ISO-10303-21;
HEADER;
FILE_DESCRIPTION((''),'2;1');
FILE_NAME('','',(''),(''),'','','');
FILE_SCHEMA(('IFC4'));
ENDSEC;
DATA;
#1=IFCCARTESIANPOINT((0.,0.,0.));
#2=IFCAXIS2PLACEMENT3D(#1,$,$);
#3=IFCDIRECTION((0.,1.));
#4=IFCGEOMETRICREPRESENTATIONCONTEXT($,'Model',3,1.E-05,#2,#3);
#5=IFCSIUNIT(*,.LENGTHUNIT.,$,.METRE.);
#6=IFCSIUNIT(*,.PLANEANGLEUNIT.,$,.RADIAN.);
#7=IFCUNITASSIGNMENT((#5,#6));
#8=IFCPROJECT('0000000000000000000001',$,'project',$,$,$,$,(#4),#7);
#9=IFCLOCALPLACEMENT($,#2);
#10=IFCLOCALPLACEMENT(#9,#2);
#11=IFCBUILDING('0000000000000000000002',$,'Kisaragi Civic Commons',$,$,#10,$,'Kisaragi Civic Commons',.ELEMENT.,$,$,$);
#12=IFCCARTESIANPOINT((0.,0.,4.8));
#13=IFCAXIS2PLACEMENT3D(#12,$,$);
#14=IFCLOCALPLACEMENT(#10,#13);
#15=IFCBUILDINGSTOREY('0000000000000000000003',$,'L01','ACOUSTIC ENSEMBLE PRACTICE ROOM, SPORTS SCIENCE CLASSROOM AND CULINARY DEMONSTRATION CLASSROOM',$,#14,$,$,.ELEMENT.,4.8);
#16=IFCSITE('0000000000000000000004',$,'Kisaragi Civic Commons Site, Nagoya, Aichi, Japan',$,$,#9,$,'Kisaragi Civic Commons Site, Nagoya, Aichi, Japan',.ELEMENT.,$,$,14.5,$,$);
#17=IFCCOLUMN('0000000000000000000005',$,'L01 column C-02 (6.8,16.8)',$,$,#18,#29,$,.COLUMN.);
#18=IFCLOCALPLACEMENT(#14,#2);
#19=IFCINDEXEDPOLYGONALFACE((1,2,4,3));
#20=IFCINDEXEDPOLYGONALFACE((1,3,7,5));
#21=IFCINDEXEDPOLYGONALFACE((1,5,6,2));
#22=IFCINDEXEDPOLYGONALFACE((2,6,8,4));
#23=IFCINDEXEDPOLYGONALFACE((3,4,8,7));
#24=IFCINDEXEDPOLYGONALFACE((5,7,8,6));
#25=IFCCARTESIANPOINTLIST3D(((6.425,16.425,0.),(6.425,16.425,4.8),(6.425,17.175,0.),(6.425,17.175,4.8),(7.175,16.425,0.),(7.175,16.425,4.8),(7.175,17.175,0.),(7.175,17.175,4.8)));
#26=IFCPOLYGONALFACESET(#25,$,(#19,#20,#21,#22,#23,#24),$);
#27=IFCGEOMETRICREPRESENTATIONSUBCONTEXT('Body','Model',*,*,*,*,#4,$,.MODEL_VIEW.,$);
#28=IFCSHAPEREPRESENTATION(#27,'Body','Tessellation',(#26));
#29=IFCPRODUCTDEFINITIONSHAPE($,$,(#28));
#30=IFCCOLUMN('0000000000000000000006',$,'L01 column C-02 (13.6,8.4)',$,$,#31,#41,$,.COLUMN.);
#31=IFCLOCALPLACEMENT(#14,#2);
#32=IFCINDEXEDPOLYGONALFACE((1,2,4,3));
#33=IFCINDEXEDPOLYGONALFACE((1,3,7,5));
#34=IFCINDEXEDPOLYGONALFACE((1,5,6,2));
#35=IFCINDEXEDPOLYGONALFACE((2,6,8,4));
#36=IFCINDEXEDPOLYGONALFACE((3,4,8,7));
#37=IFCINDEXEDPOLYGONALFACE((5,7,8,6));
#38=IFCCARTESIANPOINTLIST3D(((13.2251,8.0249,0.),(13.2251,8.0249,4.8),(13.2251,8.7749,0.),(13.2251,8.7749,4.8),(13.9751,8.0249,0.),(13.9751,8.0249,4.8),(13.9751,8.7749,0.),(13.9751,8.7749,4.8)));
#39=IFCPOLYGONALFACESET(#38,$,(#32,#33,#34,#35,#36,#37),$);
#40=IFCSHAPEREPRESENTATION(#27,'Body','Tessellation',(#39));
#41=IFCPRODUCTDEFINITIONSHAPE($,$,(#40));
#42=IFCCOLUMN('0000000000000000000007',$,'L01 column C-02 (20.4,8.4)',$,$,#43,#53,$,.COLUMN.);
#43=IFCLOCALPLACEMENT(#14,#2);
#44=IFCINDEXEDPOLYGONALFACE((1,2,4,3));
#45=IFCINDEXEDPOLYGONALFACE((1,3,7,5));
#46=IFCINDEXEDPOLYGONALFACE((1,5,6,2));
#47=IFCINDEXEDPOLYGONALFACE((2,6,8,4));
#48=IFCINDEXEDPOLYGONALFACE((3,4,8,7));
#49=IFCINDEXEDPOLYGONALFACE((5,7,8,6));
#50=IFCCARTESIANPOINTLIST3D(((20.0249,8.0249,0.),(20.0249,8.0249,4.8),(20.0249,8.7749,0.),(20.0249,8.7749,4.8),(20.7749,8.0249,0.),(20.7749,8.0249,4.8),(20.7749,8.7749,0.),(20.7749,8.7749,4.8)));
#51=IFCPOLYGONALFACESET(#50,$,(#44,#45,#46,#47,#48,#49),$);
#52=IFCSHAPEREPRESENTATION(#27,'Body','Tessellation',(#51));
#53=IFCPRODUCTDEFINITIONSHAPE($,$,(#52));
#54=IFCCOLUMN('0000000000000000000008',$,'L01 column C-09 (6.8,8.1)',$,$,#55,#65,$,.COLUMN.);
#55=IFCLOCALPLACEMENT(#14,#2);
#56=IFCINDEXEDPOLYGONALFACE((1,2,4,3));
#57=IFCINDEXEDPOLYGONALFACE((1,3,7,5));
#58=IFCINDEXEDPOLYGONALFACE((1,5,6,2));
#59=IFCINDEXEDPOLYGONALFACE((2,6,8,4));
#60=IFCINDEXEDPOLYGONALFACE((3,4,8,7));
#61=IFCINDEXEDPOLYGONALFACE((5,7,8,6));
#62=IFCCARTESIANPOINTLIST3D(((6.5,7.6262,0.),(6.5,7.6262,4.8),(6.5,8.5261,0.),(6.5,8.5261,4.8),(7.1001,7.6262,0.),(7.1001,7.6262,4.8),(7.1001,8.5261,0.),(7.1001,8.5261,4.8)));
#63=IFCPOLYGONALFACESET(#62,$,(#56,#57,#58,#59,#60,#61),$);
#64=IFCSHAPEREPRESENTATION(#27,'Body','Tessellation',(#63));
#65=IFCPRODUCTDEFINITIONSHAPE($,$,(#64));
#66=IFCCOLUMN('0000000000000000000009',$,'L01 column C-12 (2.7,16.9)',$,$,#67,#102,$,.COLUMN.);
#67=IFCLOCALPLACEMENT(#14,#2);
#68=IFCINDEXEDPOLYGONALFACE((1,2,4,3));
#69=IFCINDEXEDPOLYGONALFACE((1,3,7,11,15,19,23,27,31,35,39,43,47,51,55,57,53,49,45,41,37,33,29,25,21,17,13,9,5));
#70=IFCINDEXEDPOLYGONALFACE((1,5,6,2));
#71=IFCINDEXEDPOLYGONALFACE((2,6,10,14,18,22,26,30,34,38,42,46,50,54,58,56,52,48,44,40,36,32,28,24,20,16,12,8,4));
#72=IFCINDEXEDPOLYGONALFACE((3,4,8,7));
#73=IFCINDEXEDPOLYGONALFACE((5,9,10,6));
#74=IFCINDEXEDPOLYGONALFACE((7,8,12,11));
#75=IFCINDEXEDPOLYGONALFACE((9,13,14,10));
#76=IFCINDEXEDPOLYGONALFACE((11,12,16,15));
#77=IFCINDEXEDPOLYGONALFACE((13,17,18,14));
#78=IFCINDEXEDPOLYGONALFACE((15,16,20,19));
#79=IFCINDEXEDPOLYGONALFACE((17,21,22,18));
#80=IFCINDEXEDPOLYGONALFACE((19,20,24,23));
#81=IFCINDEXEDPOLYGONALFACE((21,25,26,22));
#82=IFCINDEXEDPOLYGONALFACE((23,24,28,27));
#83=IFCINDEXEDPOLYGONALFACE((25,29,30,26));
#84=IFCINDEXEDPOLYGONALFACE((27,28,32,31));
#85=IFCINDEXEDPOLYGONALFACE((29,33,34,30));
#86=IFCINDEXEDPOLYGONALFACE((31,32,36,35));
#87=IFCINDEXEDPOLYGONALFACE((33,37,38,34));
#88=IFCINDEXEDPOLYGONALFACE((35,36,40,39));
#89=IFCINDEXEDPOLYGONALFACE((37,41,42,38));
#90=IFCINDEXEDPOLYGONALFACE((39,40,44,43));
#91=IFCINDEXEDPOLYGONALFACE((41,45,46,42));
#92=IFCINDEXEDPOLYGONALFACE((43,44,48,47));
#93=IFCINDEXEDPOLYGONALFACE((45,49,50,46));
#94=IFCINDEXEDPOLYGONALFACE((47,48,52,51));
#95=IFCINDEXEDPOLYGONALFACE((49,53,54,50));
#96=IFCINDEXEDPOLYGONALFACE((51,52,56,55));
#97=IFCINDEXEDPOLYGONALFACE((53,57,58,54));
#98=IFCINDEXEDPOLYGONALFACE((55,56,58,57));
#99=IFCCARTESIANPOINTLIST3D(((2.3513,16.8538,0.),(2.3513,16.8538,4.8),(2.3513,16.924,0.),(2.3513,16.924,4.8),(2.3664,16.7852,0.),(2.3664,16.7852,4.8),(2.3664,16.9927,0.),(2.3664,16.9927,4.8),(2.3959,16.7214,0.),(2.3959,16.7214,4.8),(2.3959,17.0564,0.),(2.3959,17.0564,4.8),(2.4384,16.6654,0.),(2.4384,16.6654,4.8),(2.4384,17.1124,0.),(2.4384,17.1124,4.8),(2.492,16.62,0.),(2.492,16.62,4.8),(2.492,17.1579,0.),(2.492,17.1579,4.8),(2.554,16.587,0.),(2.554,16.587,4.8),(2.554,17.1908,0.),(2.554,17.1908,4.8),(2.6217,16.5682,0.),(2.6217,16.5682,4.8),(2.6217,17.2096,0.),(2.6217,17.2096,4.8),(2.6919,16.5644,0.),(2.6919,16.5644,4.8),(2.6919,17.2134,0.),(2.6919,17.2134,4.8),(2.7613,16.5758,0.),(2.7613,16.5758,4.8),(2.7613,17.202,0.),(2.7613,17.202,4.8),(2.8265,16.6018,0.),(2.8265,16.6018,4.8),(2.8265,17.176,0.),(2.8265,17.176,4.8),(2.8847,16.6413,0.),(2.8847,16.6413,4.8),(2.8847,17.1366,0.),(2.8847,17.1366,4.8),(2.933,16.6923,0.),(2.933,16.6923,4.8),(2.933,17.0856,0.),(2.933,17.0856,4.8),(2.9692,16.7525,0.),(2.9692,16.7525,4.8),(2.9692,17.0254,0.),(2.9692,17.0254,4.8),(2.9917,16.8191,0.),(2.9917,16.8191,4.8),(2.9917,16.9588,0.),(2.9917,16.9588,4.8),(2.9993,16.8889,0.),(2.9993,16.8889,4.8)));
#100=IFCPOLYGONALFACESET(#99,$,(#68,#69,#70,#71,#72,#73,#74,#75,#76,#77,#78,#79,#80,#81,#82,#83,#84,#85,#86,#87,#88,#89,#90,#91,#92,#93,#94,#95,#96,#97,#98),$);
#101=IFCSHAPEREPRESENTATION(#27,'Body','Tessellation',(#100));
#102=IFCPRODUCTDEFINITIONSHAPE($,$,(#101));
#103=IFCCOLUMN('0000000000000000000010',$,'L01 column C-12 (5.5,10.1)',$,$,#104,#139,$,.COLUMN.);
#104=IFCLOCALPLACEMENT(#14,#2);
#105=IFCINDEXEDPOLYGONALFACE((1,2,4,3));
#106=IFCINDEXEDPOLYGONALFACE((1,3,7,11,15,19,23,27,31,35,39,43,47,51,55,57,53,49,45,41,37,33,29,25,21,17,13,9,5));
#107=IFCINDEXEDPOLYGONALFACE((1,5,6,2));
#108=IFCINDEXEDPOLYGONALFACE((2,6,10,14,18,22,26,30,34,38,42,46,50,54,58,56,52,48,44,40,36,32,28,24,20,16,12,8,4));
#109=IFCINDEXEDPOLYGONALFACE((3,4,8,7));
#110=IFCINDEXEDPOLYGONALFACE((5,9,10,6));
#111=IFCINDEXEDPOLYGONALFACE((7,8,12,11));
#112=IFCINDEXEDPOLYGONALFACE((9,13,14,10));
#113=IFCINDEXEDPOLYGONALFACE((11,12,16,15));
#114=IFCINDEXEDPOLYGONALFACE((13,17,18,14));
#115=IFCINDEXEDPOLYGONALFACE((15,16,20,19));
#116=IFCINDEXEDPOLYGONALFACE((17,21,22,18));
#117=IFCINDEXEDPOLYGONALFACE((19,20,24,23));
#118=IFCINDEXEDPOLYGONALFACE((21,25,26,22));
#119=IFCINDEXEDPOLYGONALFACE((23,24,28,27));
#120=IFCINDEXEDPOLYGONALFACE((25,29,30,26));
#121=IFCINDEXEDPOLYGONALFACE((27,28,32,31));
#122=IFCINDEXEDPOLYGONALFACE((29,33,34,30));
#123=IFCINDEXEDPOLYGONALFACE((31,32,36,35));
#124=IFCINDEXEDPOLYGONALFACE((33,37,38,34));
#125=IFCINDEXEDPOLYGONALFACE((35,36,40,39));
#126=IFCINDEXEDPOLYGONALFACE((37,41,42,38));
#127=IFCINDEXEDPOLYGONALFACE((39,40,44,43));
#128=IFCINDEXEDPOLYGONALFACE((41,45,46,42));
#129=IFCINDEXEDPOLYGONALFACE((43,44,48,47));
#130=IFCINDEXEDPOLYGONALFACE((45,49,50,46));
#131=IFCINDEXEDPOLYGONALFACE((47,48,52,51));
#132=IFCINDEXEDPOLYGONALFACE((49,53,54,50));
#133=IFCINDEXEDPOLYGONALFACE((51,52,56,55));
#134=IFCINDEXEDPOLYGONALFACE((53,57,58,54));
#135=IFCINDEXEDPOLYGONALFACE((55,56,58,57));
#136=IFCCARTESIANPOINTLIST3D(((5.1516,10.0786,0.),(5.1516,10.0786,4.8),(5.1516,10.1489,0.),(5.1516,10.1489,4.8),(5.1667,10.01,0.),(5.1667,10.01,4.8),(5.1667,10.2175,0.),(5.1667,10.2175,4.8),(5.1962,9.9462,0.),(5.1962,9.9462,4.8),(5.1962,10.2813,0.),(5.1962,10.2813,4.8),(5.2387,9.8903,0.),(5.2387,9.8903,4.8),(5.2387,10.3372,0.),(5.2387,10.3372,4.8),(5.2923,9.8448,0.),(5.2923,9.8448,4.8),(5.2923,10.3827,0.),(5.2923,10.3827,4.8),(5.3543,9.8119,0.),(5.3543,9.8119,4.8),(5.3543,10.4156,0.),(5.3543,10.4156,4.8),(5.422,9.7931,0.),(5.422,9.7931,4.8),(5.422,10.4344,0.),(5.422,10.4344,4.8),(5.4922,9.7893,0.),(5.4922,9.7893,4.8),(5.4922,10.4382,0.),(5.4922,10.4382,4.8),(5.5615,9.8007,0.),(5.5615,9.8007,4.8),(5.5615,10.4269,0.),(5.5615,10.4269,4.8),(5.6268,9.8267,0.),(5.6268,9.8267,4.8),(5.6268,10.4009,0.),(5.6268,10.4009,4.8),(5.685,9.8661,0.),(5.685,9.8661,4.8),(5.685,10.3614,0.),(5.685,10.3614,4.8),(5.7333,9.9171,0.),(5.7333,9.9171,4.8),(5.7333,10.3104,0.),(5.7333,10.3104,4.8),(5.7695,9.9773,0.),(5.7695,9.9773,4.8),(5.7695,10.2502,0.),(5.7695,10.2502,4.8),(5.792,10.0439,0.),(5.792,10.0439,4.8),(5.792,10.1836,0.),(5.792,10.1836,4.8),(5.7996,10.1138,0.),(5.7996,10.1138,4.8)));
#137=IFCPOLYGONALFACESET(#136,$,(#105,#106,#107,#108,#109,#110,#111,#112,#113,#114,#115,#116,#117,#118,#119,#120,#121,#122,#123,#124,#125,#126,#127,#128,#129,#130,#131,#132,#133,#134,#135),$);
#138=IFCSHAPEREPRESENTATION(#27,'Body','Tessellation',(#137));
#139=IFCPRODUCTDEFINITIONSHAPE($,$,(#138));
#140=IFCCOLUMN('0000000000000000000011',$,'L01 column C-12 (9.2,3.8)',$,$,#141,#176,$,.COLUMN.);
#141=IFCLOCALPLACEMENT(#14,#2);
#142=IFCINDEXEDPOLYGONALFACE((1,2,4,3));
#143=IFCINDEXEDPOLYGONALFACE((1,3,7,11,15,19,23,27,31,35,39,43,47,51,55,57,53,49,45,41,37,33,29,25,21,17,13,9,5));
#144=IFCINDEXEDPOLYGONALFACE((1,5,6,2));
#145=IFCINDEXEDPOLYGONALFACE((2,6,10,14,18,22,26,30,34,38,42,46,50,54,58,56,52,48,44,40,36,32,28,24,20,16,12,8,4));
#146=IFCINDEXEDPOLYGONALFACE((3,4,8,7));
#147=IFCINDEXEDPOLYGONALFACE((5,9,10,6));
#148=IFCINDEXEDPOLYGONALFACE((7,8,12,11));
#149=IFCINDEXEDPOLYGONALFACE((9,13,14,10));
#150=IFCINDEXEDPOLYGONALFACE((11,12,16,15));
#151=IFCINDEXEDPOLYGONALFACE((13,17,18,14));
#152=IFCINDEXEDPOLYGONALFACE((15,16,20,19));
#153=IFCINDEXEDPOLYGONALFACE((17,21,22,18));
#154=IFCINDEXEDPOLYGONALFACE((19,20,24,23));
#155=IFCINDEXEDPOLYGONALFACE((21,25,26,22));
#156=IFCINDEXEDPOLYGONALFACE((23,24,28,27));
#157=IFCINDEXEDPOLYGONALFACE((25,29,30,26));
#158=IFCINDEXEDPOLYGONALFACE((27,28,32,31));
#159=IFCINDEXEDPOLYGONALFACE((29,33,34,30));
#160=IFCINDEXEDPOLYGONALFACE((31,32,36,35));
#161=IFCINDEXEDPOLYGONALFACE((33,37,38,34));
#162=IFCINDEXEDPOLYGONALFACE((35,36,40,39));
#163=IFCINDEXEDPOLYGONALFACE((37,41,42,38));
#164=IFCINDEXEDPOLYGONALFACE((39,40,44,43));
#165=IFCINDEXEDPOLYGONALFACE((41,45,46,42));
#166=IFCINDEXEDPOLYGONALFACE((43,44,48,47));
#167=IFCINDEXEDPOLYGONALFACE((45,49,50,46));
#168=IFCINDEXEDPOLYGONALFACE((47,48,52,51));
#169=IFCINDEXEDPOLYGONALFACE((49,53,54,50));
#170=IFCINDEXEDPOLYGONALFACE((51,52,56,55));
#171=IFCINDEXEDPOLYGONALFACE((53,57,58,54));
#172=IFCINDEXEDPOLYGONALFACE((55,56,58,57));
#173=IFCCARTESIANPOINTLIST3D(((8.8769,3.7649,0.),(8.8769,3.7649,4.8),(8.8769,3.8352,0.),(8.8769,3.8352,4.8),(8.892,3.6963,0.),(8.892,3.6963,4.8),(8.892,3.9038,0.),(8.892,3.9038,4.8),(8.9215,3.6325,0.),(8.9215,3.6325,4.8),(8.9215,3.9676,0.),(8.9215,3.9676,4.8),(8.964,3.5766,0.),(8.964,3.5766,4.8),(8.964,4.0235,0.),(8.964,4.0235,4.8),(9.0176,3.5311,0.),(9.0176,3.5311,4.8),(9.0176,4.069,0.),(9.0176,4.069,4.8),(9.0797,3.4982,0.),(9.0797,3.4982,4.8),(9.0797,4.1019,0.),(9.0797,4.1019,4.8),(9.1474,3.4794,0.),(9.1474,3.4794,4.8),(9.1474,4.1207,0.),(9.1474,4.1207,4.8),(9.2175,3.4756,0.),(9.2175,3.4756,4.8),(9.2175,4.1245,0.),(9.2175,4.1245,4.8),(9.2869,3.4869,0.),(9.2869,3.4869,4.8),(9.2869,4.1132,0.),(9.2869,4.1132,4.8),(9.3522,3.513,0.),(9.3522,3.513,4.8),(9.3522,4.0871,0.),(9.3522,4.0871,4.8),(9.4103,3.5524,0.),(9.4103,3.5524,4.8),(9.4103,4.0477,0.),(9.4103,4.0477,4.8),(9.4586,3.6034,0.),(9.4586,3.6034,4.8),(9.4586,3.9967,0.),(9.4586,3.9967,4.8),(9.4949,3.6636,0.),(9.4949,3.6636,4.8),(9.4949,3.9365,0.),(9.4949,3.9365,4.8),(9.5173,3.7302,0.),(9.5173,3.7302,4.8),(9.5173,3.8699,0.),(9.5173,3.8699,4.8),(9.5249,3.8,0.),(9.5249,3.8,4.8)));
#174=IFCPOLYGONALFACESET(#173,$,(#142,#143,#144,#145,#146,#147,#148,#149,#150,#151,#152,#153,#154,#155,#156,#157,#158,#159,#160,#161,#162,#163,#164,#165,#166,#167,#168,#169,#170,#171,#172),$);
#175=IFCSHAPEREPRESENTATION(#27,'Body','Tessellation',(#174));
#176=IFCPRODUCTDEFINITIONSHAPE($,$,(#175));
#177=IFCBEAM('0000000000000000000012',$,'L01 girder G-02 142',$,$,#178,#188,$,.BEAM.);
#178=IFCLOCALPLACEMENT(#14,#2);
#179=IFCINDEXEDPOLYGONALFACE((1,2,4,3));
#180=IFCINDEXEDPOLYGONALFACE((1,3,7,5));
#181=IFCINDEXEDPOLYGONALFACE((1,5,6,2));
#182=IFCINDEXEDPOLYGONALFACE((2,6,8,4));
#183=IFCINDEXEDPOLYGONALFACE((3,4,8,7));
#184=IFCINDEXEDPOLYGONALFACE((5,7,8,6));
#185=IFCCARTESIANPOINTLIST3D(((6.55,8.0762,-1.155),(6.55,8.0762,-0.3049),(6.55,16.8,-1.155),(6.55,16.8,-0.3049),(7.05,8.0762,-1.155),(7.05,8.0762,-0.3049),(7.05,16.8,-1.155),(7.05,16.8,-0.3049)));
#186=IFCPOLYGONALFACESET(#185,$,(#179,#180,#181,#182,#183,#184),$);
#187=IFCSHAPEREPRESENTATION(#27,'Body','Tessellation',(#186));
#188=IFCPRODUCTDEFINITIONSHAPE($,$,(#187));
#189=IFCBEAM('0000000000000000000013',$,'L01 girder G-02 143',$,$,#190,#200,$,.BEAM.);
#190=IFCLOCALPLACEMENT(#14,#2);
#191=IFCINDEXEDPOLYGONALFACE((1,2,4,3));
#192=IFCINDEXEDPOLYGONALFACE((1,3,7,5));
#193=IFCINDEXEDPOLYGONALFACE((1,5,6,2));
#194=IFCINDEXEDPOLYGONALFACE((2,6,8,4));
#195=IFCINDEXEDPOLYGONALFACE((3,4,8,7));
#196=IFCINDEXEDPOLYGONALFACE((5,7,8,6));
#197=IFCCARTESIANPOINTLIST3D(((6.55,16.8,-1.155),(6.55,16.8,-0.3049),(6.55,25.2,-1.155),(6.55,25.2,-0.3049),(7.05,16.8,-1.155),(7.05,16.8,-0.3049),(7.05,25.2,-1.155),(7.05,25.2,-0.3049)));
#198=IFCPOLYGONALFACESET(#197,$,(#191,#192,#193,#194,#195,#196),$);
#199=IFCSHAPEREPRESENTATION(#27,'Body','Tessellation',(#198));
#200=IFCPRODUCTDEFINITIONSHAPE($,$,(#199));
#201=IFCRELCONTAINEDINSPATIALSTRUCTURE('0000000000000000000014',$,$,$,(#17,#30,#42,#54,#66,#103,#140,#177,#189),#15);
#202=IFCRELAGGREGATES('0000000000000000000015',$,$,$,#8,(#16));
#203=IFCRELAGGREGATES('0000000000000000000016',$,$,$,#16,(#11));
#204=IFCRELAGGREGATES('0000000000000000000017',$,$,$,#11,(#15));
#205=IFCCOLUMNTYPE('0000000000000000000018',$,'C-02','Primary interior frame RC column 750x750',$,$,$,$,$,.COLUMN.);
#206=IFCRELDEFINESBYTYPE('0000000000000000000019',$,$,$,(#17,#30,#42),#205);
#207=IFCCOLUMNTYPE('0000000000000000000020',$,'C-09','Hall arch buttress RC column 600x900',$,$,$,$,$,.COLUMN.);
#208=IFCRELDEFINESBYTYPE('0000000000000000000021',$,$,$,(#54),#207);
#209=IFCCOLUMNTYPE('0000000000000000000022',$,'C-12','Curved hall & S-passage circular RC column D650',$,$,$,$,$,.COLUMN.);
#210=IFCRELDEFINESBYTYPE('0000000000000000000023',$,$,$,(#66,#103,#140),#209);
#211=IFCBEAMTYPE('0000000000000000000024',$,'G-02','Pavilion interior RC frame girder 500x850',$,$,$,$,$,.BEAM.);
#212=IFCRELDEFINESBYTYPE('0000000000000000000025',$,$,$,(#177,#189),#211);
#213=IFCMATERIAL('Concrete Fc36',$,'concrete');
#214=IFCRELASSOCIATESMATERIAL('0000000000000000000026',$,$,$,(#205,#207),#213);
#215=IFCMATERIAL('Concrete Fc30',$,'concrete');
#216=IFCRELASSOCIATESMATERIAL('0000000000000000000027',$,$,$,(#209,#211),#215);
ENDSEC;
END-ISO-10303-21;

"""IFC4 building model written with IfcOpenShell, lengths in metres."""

from ifc_helpers import new_model, si_unit, direction, frame, origin, origin_2d, place, context, subcontext, project, spatial, rectangle, circle, extrude, material, material_profile, profile_set, type_object, element, save


model = new_model("IFC4")

# Units and contexts
model_context = context("Model", 3, precision=1e-05, world=origin(), true_north=direction((0.0, 1.0)))
body_context = subcontext(model_context, "Body", "Model", "MODEL_VIEW")
ifc_project = project(units=[si_unit("LENGTHUNIT", "METRE"), si_unit("PLANEANGLEUNIT", "RADIAN")], contexts=[model_context])

# Site, building, storey
site_placement = place(None, origin())
site = spatial("IfcSite", under=ifc_project, at=site_placement, Name="Kisaragi Civic Commons Site, Nagoya, Aichi, Japan", LongName="Kisaragi Civic Commons Site, Nagoya, Aichi, Japan", CompositionType="ELEMENT", RefElevation=14.5)
building_placement = place(site_placement, origin())
building = spatial("IfcBuilding", under=site, at=building_placement, Name="Kisaragi Civic Commons", LongName="Kisaragi Civic Commons", CompositionType="ELEMENT")
storey_placement = place(building_placement, frame((0.0, 0.0, 4.8)))
storey = spatial("IfcBuildingStorey", under=building, at=storey_placement, Name="L01", Description="ACOUSTIC ENSEMBLE PRACTICE ROOM, SPORTS SCIENCE CLASSROOM AND CULINARY DEMONSTRATION CLASSROOM", CompositionType="ELEMENT", Elevation=4.8)

# Columns
ifc_material_1 = material(Name="Concrete Fc36", Category="concrete")
ifc_material_profile_1 = material_profile(ifc_material_1, rectangle(XDim=0.75, YDim=0.75, at=origin_2d()), Name="RC-750x750", Category="concrete")
ifc_profile_set_1 = profile_set([ifc_material_profile_1], Name="Concrete Fc36")
column_type_1 = type_object("IfcColumnType", Name="C-02", Description="Primary interior frame RC column 750x750", PredefinedType="COLUMN", material=ifc_profile_set_1)
for number, where, z_axis, x_axis, name in (
    (1, (6.8, 16.8, 0.0), (0.0, 0.0, 1.0), (1.0, 0.0, 0.0), "L01 column C-02 (6.8,16.8)"),
    (2, (13.6001, 8.3999, 0.0), (0.0, 0.0, 1.0), (1.0, 0.0, 0.0), "L01 column C-02 (13.6,8.4)"),
    (3, (20.3999, 8.3999, 0.0), (0.0, 0.0, 1.0), (1.0, 0.0, 0.0), "L01 column C-02 (20.4,8.4)"),
):
    element("IfcColumn", number, at=place(storey_placement, frame(where, z_axis=z_axis, x_axis=x_axis)), inside=storey, type_object=column_type_1, Name=name, PredefinedType="COLUMN", context=body_context, shape_type="SweptSolid", body=[
        extrude(rectangle(XDim=0.75, YDim=0.75, at=origin_2d()), origin(), (0.0, 0.0, 1.0), 4.8),
    ])
ifc_material_profile_2 = material_profile(ifc_material_1, rectangle(XDim=0.6001, YDim=0.8999, at=origin_2d()), Name="RC-600x900", Category="concrete")
ifc_profile_set_2 = profile_set([ifc_material_profile_2], Name="Concrete Fc36")
column_type_2 = type_object("IfcColumnType", Name="C-09", Description="Hall arch buttress RC column 600x900", PredefinedType="COLUMN", material=ifc_profile_set_2)
column_placement = place(storey_placement, frame((6.8, 8.0762, 0.0), z_axis=(0.0, 0.0, 1.0), x_axis=(1.0, 0.0, 0.0)))
element("IfcColumn", 4, at=column_placement, inside=storey, type_object=column_type_2, Name="L01 column C-09 (6.8,8.1)", PredefinedType="COLUMN", context=body_context, shape_type="SweptSolid", body=[
    extrude(rectangle(XDim=0.6001, YDim=0.8999, at=origin_2d()), origin(), (0.0, 0.0, 1.0), 4.8),
])
ifc_material_2 = material(Name="Concrete Fc30", Category="concrete")
ifc_material_profile_3 = material_profile(ifc_material_2, circle(Radius=0.325, at=origin_2d()), Name="RC-D650", Category="concrete")
ifc_profile_set_3 = profile_set([ifc_material_profile_3], Name="Concrete Fc30")
column_type_3 = type_object("IfcColumnType", Name="C-12", Description="Curved hall & S-passage circular RC column D650", PredefinedType="COLUMN", material=ifc_profile_set_3)
for number, where, z_axis, x_axis, name in (
    (5, (2.6743, 16.8889, 0.0), (0.0, 0.0, 1.0), (1.0, 0.0, 0.0), "L01 column C-12 (2.7,16.9)"),
    (6, (5.4746, 10.1138, 0.0), (0.0, 0.0, 1.0), (1.0, 0.0, 0.0), "L01 column C-12 (5.5,10.1)"),
    (7, (9.2, 3.8, 0.0), (0.0, 0.0, 1.0), (1.0, 0.0, 0.0), "L01 column C-12 (9.2,3.8)"),
):
    element("IfcColumn", number, at=place(storey_placement, frame(where, z_axis=z_axis, x_axis=x_axis)), inside=storey, type_object=column_type_3, Name=name, PredefinedType="COLUMN", context=body_context, shape_type="SweptSolid", body=[
        extrude(circle(Radius=0.325, at=origin_2d()), origin(), (0.0, 0.0, 1.0), 4.8),
    ])

# Beams
ifc_material_profile_4 = material_profile(ifc_material_2, rectangle(XDim=0.5, YDim=0.8501, at=origin_2d()), Name="RC-500x850", Category="concrete")
ifc_profile_set_4 = profile_set([ifc_material_profile_4], Name="Concrete Fc30")
beam_type_1 = type_object("IfcBeamType", Name="G-02", Description="Pavilion interior RC frame girder 500x850", PredefinedType="BEAM", material=ifc_profile_set_4)
beam_1_placement = place(storey_placement, frame((6.8, 8.0762, -0.73), z_axis=(0.0, 1.0, 0.0), x_axis=(-1.0, 0.0, 0.0)))
element("IfcBeam", 8, at=beam_1_placement, inside=storey, type_object=beam_type_1, Name="L01 girder G-02 142", PredefinedType="BEAM", context=body_context, shape_type="SweptSolid", body=[
    extrude(rectangle(XDim=0.5, YDim=0.8501, at=origin_2d()), origin(), (0.0, 0.0, 1.0), 8.7239),
])
beam_2_placement = place(storey_placement, frame((6.8, 16.8, -0.73), z_axis=(0.0, 1.0, 0.0), x_axis=(-1.0, 0.0, 0.0)))
element("IfcBeam", 9, at=beam_2_placement, inside=storey, type_object=beam_type_1, Name="L01 girder G-02 143", PredefinedType="BEAM", context=body_context, shape_type="SweptSolid", body=[
    extrude(rectangle(XDim=0.5, YDim=0.8501, at=origin_2d()), origin(), (0.0, 0.0, 1.0), 8.3999),
])

save(model, "model.ifc")
